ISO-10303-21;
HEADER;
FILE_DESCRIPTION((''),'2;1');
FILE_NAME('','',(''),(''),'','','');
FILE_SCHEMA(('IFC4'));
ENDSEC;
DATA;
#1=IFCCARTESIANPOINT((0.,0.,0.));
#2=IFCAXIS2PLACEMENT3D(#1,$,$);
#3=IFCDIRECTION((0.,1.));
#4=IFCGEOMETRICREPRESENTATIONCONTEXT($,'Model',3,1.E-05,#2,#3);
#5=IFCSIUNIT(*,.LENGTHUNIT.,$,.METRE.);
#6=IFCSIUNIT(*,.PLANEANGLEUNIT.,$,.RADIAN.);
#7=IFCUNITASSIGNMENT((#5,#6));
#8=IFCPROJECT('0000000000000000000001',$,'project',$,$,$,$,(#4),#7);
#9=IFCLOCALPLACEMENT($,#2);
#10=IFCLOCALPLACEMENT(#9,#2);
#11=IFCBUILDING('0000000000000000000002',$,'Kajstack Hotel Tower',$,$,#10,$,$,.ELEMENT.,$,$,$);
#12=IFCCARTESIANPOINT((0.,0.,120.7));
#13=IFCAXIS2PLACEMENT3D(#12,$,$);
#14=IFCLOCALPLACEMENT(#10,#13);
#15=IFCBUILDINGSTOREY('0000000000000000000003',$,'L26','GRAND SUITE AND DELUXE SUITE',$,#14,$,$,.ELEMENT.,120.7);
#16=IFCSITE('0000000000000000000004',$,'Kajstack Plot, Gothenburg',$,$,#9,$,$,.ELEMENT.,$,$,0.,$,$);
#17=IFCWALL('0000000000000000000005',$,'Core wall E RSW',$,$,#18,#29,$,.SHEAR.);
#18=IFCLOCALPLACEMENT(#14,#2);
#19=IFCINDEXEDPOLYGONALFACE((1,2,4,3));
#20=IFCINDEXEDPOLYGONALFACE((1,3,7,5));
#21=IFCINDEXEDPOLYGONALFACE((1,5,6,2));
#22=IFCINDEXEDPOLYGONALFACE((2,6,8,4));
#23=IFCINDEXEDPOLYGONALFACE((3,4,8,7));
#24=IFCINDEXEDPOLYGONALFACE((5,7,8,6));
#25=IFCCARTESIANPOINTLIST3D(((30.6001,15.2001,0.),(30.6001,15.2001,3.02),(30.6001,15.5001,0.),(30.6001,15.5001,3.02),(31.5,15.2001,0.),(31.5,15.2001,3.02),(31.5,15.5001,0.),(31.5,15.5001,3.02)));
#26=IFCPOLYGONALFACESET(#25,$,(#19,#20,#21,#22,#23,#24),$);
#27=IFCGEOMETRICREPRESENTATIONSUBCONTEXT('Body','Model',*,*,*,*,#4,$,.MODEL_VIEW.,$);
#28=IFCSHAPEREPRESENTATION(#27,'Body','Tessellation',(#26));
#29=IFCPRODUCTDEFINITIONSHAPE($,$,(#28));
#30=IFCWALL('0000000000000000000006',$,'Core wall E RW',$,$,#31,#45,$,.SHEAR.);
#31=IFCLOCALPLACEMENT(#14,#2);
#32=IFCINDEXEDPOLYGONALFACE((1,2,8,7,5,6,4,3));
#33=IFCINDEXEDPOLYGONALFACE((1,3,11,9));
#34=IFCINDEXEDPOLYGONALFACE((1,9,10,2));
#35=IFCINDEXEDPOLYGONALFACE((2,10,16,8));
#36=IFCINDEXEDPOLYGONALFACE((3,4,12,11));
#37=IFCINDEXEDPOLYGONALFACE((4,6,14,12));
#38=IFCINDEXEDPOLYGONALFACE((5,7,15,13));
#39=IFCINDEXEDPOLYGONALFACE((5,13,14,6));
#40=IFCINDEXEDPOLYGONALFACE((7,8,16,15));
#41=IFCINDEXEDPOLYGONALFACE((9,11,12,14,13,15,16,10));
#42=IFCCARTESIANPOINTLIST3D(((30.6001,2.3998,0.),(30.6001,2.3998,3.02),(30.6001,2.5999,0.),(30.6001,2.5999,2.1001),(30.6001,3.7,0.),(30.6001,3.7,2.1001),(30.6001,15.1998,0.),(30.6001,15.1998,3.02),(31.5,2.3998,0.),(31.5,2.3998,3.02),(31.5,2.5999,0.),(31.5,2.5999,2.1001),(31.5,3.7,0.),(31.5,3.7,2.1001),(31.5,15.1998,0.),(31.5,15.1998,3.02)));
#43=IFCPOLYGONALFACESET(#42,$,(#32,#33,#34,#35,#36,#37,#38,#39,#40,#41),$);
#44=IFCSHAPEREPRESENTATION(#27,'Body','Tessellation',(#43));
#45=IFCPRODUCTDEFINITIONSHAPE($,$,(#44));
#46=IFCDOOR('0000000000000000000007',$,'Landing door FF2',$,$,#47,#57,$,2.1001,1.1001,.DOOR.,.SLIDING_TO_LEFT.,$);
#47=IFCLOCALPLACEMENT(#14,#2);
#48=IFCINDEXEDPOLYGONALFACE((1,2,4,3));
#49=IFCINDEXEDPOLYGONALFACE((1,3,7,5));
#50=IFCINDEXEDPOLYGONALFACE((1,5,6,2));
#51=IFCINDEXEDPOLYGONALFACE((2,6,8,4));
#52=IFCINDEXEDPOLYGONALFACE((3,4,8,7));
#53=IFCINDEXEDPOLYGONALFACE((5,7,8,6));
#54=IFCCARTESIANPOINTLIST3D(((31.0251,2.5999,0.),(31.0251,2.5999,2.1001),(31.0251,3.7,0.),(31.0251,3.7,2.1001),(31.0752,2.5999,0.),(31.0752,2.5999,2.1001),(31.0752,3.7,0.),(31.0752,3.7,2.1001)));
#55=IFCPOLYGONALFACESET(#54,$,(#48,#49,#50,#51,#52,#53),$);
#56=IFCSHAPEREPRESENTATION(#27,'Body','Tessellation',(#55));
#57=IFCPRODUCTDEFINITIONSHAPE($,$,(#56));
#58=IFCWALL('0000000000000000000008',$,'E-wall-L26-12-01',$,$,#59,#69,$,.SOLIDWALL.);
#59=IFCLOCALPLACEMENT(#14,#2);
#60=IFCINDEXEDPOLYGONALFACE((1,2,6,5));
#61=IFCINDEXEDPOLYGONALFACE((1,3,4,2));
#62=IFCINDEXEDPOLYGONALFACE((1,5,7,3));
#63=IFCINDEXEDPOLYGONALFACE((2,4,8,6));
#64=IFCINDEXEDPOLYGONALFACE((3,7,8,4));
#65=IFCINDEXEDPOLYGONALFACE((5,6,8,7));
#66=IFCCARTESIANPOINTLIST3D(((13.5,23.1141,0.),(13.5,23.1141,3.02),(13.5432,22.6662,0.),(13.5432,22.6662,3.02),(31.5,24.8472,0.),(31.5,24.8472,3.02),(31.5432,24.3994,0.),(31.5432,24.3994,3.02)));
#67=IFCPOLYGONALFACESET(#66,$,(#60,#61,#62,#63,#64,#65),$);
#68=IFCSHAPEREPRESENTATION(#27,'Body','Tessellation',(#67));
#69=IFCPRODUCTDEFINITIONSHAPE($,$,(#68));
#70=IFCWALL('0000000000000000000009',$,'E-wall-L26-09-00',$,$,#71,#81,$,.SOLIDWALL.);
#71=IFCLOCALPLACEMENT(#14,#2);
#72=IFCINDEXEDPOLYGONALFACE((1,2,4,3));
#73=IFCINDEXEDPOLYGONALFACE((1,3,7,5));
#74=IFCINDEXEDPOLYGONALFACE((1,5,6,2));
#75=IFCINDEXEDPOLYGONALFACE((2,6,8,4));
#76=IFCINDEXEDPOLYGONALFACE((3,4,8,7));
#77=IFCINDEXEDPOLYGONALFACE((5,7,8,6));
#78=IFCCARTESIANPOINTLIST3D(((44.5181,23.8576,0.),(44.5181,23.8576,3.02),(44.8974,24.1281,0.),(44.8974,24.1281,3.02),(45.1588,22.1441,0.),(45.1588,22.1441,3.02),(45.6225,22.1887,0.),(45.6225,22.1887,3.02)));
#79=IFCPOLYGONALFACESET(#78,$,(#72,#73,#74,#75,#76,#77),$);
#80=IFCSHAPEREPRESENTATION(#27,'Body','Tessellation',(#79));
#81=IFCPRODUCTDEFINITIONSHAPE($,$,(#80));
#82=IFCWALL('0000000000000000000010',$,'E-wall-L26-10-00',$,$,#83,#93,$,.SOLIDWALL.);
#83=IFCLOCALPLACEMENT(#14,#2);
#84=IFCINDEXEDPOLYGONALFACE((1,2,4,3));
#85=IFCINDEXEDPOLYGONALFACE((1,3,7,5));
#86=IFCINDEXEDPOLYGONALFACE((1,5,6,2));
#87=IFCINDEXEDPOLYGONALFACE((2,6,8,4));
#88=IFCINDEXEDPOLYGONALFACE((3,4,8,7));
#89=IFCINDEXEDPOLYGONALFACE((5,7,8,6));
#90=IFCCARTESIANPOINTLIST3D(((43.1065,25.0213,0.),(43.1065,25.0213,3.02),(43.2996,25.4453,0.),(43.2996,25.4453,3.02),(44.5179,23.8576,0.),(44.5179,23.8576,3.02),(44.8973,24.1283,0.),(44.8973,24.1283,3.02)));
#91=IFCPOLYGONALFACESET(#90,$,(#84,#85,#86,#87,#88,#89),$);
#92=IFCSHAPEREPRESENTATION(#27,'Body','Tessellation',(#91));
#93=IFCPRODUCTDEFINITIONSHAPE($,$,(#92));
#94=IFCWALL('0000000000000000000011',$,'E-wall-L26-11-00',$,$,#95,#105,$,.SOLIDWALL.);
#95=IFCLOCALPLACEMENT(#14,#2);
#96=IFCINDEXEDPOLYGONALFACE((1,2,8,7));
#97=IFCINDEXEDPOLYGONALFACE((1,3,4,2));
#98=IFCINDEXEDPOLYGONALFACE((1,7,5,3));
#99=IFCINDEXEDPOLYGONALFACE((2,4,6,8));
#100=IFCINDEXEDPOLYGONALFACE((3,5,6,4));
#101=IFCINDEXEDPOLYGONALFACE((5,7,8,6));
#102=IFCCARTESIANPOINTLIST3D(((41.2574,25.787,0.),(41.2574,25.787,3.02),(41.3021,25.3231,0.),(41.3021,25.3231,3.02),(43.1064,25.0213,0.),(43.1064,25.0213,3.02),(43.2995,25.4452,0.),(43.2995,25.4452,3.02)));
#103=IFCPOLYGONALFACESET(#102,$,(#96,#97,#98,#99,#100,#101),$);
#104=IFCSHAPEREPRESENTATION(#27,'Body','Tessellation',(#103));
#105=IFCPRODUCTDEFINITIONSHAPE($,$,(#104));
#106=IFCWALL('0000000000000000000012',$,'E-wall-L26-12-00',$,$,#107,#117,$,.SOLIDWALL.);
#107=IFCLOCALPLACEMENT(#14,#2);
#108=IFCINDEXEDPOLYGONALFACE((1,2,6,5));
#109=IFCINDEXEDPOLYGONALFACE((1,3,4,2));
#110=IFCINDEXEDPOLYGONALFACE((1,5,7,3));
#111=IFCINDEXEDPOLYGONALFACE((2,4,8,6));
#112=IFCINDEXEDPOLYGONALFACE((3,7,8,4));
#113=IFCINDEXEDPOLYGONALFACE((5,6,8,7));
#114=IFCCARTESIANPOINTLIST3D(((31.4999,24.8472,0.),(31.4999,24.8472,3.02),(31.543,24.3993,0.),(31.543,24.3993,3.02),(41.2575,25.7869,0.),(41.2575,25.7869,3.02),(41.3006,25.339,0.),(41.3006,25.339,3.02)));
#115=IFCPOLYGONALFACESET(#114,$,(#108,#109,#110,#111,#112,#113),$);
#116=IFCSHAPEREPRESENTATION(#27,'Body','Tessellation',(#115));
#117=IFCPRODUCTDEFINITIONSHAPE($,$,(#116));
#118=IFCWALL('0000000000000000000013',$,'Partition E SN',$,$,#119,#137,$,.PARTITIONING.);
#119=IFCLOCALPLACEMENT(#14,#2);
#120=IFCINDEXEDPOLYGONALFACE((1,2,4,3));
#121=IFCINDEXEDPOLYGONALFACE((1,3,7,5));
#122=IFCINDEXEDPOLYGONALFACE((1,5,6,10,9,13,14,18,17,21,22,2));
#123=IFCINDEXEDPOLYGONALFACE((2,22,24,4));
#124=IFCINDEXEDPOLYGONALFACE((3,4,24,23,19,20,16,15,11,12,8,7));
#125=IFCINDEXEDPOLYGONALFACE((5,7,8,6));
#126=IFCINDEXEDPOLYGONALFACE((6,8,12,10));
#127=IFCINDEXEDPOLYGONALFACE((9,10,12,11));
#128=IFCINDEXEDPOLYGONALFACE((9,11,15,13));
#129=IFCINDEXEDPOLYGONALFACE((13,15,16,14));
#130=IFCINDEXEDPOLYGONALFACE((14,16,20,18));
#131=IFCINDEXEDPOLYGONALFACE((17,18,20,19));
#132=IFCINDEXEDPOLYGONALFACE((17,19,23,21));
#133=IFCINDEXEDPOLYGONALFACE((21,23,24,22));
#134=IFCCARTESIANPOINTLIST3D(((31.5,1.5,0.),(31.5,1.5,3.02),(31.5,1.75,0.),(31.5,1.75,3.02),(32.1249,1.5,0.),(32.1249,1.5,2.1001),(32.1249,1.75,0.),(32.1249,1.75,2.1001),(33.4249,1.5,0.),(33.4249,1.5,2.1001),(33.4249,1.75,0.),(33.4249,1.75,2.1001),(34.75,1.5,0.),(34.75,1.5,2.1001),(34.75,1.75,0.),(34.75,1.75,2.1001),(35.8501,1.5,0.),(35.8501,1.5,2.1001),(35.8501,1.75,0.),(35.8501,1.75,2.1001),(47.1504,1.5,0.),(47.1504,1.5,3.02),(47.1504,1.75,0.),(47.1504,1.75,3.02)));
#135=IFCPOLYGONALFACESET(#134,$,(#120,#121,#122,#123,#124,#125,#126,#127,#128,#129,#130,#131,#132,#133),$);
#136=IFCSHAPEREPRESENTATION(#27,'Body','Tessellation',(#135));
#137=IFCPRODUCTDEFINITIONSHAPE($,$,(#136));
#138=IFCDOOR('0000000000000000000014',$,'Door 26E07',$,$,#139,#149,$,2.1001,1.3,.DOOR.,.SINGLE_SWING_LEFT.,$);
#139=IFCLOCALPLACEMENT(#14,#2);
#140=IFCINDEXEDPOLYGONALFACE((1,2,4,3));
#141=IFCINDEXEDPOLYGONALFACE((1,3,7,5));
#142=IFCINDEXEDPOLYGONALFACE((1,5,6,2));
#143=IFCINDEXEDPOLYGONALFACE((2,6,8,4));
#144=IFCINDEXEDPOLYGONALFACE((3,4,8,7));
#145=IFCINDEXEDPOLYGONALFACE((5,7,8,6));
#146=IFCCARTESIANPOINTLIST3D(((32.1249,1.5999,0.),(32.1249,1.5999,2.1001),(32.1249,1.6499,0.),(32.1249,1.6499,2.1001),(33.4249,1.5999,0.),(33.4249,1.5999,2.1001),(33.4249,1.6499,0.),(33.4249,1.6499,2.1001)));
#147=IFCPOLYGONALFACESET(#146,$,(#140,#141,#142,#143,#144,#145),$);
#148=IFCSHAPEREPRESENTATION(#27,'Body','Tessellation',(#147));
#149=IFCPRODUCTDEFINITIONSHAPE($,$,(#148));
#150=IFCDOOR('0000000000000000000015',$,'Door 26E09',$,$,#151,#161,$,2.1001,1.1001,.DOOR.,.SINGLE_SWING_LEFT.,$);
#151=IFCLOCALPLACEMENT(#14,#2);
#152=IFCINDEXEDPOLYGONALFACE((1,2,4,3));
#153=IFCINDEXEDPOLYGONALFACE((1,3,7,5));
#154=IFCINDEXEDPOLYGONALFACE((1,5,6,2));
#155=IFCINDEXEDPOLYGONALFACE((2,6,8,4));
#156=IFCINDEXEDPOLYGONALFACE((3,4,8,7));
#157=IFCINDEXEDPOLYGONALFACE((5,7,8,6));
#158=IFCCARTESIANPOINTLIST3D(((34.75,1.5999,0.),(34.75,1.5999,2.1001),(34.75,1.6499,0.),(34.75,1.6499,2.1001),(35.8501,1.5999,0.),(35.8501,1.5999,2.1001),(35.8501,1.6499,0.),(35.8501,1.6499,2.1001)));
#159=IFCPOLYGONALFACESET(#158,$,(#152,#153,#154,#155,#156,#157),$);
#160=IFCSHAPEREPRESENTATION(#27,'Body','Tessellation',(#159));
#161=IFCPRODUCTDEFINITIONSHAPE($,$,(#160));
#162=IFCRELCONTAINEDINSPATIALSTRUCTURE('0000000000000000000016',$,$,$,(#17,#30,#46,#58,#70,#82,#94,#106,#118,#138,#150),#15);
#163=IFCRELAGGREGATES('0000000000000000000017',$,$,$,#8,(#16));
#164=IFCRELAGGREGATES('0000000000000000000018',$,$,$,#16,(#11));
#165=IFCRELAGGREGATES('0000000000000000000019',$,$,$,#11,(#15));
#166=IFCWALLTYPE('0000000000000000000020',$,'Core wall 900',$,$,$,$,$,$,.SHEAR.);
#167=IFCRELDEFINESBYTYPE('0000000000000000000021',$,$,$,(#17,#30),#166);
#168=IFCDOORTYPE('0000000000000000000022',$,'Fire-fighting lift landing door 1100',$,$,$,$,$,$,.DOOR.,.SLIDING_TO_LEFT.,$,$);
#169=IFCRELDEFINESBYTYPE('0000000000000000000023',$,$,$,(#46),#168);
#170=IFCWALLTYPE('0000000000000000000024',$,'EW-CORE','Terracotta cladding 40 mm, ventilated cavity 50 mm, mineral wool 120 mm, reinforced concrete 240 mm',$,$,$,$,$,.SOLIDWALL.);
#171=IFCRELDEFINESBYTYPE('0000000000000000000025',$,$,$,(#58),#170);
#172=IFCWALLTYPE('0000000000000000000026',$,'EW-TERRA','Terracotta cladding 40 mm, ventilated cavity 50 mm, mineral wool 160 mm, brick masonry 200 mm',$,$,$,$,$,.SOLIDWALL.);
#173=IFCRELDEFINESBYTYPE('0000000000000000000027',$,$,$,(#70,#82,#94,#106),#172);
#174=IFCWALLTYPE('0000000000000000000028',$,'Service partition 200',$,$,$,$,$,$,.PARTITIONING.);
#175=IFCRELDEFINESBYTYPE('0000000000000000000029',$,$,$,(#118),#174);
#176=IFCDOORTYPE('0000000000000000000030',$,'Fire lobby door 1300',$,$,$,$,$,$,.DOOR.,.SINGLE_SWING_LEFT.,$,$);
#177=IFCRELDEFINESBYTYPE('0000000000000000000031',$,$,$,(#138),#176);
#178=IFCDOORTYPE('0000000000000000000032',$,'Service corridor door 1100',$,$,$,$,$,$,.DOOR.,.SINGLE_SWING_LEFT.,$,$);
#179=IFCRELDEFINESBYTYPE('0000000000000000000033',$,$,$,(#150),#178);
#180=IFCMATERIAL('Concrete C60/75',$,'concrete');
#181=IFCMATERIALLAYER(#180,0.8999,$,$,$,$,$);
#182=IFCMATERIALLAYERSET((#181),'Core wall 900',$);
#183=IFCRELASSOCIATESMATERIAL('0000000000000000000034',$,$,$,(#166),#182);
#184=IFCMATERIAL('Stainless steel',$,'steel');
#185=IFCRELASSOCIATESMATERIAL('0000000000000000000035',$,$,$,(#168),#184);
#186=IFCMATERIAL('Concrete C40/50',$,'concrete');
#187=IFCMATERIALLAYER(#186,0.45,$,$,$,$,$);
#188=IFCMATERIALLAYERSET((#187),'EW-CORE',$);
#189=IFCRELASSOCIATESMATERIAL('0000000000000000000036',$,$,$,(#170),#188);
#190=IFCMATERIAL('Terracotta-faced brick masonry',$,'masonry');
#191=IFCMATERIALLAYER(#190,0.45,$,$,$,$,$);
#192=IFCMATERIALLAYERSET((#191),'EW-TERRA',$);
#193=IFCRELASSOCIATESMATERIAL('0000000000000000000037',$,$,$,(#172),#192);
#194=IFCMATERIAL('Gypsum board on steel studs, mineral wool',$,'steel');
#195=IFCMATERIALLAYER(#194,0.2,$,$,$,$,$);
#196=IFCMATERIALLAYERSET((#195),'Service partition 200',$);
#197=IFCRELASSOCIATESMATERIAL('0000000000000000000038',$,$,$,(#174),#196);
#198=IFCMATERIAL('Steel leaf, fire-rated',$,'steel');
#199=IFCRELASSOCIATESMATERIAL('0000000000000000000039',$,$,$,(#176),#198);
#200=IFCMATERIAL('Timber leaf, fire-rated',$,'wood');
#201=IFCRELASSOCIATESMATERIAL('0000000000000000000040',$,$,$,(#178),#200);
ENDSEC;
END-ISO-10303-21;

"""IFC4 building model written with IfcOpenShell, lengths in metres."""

from ifc_helpers import new_model, si_unit, direction, frame, frame_2d, origin, place, context, subcontext, project, spatial, polyline, rectangle, outline, extrude, material, layer, layer_set, type_object, element, fill, save


model = new_model("IFC4")

# Units and contexts
model_context = context("Model", 3, precision=1e-05, world=origin(), true_north=direction((0.0, 1.0)))
body_context = subcontext(model_context, "Body", "Model", "MODEL_VIEW")
ifc_project = project(units=[si_unit("LENGTHUNIT", "METRE"), si_unit("PLANEANGLEUNIT", "RADIAN")], contexts=[model_context])

# Site, building, storey
site_placement = place(None, origin())
site = spatial("IfcSite", under=ifc_project, at=site_placement, Name="Kajstack Plot, Gothenburg", CompositionType="ELEMENT", RefElevation=0.0)
building_placement = place(site_placement, origin())
building = spatial("IfcBuilding", under=site, at=building_placement, Name="Kajstack Hotel Tower", CompositionType="ELEMENT")
storey_placement = place(building_placement, frame((0.0, 0.0, 120.7)))
storey = spatial("IfcBuildingStorey", under=building, at=storey_placement, Name="L26", Description="GRAND SUITE AND DELUXE SUITE", CompositionType="ELEMENT", Elevation=120.7)

# Wall
ifc_material_1 = material(Name="Concrete C60/75", Category="concrete")
ifc_layer_1 = layer(ifc_material_1, 0.8999)
ifc_layer_set_1 = layer_set([ifc_layer_1], Name="Core wall 900")
wall_type_1 = type_object("IfcWallType", Name="Core wall 900", PredefinedType="SHEAR", material=ifc_layer_set_1)
wall_1_placement = place(storey_placement, frame((30.6001, 15.3501, 0.0), z_axis=(0.0, 0.0, 1.0), x_axis=(1.0, 0.0, 0.0)))
element("IfcWall", 1, at=wall_1_placement, inside=storey, type_object=wall_type_1, Name="Core wall E RSW", PredefinedType="SHEAR", context=body_context, shape_type="SweptSolid", body=[
    extrude(rectangle(XDim=0.8999, YDim=0.3, at=frame_2d((0.45, 0.0))), origin(), (0.0, 0.0, 1.0), 3.02),
])

# Wall, opening, door
wall_2_placement = place(storey_placement, frame((31.05, 2.3999, 0.0), z_axis=(0.0, 0.0, 1.0), x_axis=(0.0, 1.0, 0.0)))
wall_2 = element("IfcWall", 2, at=wall_2_placement, inside=storey, type_object=wall_type_1, Name="Core wall E RW", PredefinedType="SHEAR", context=body_context, shape_type="SweptSolid", body=[
    extrude(rectangle(XDim=12.8, YDim=0.8999, at=frame_2d((6.3999, 0.0))), origin(), (0.0, 0.0, 1.0), 3.02),
])
opening_1_placement = place(wall_2_placement, frame((0.2, 0.0, 0.0)))
opening_1 = element("IfcOpeningElement", 3, at=opening_1_placement, cuts=wall_2, PredefinedType="OPENING", context=body_context, shape_type="SweptSolid", body=[
    extrude(rectangle(XDim=1.1001, YDim=2.1001, at=frame_2d((0.55, 1.05))), frame((0.0, 0.46, 0.0), z_axis=(0.0, -1.0, 0.0), x_axis=(1.0, 0.0, 0.0)), (0.0, 0.0, 1.0), 0.9199),
])
ifc_material_2 = material(Name="Stainless steel", Category="steel")
door_type_1 = type_object("IfcDoorType", Name="Fire-fighting lift landing door 1100", OperationType="SLIDING_TO_LEFT", PredefinedType="DOOR", material=ifc_material_2)
door_1_placement = place(opening_1_placement, origin())
door_1 = element("IfcDoor", 4, at=door_1_placement, inside=storey, type_object=door_type_1, Name="Landing door FF2", OperationType="SLIDING_TO_LEFT", OverallHeight=2.1001, OverallWidth=1.1001, PredefinedType="DOOR", context=body_context, shape_type="SweptSolid", body=[
    extrude(rectangle(XDim=1.1001, YDim=2.1001, at=frame_2d((0.55, 1.05))), frame((0.0, 0.0249, 0.0), z_axis=(0.0, -1.0, 0.0), x_axis=(1.0, 0.0, 0.0)), (0.0, 0.0, 1.0), 0.05),
])
fill(opening_1, door_1)

# Walls
ifc_material_3 = material(Name="Concrete C40/50", Category="concrete")
ifc_layer_2 = layer(ifc_material_3, 0.45)
ifc_layer_set_2 = layer_set([ifc_layer_2], Name="EW-CORE")
wall_type_2 = type_object("IfcWallType", Name="EW-CORE", Description="Terracotta cladding 40 mm, ventilated cavity 50 mm, mineral wool 120 mm, reinforced concrete 240 mm", PredefinedType="SOLIDWALL", material=ifc_layer_set_2)
wall_3_placement = place(storey_placement, frame((31.5215, 24.6233, 0.0), z_axis=(0.0, 0.0, 1.0), x_axis=(-0.995396, -0.095843, 0.0)))
element("IfcWall", 5, at=wall_3_placement, inside=storey, type_object=wall_type_2, Name="E-wall-L26-12-01", PredefinedType="SOLIDWALL", context=body_context, shape_type="SweptSolid", body=[
    extrude(rectangle(XDim=18.0833, YDim=0.45, at=frame_2d((9.0415, 0.0))), origin(), (0.0, 0.0, 1.0), 3.02),
])
ifc_material_4 = material(Name="Terracotta-faced brick masonry", Category="masonry")
ifc_layer_3 = layer(ifc_material_4, 0.45)
ifc_layer_set_3 = layer_set([ifc_layer_3], Name="EW-TERRA")
wall_type_3 = type_object("IfcWallType", Name="EW-TERRA", Description="Terracotta cladding 40 mm, ventilated cavity 50 mm, mineral wool 160 mm, brick masonry 200 mm", PredefinedType="SOLIDWALL", material=ifc_layer_set_3)
wall_4_placement = place(storey_placement, frame((45.4116, 22.1099, 0.0), z_axis=(0.0, 0.0, 1.0), x_axis=(-0.350193, 0.936678, 0.0)))
element("IfcWall", 6, at=wall_4_placement, inside=storey, type_object=wall_type_3, Name="E-wall-L26-09-00", PredefinedType="SOLIDWALL", context=body_context, shape_type="SweptSolid", body=[
    extrude(outline(polyline([(0.0, -0.2251), (2.0706, -0.2251), (1.95, 0.2249), (0.1206, 0.2249), (0.0, -0.2251)])), origin(), (0.0, 0.0, 1.0), 3.02),
])
wall_5_placement = place(storey_placement, frame((44.7542, 23.9546, 0.0), z_axis=(0.0, 0.0, 1.0), x_axis=(-0.771651, 0.636046, 0.0)))
element("IfcWall", 7, at=wall_5_placement, inside=storey, type_object=wall_type_3, Name="E-wall-L26-10-00", PredefinedType="SOLIDWALL", context=body_context, shape_type="SweptSolid", body=[
    extrude(outline(polyline([(0.0, -0.2251), (2.0706, -0.2251), (1.95, 0.2249), (0.1206, 0.2251), (0.0, -0.2251)])), origin(), (0.0, 0.0, 1.0), 3.02),
])
wall_6_placement = place(storey_placement, frame((43.2625, 25.2234, 0.0), z_axis=(0.0, 0.0, 1.0), x_axis=(-0.986298, 0.164973, 0.0)))
element("IfcWall", 8, at=wall_6_placement, inside=storey, type_object=wall_type_3, Name="E-wall-L26-11-00", PredefinedType="SOLIDWALL", context=body_context, shape_type="SweptSolid", body=[
    extrude(outline(polyline([(0.0, -0.2249), (2.0706, -0.2251), (1.95, 0.2251), (0.1206, 0.2251), (0.0, -0.2249)])), origin(), (0.0, 0.0, 1.0), 3.02),
])
wall_7_placement = place(storey_placement, frame((41.2791, 25.563, 0.0), z_axis=(0.0, 0.0, 1.0), x_axis=(-0.995395, -0.095861, 0.0)))
element("IfcWall", 9, at=wall_7_placement, inside=storey, type_object=wall_type_3, Name="E-wall-L26-12-00", PredefinedType="SOLIDWALL", context=body_context, shape_type="SweptSolid", body=[
    extrude(rectangle(XDim=9.8027, YDim=0.45, at=frame_2d((4.9014, 0.0))), origin(), (0.0, 0.0, 1.0), 3.02),
])

# Wall, openings, doors
ifc_material_5 = material(Name="Gypsum board on steel studs, mineral wool", Category="steel")
ifc_layer_4 = layer(ifc_material_5, 0.2)
ifc_layer_set_4 = layer_set([ifc_layer_4], Name="Service partition 200")
wall_type_4 = type_object("IfcWallType", Name="Service partition 200", PredefinedType="PARTITIONING", material=ifc_layer_set_4)
wall_8_placement = place(storey_placement, frame((31.5, 1.625, 0.0), z_axis=(0.0, 0.0, 1.0), x_axis=(1.0, 0.0, 0.0)))
wall_8 = element("IfcWall", 10, at=wall_8_placement, inside=storey, type_object=wall_type_4, Name="Partition E SN", PredefinedType="PARTITIONING", context=body_context, shape_type="SweptSolid", body=[
    extrude(rectangle(XDim=15.6504, YDim=0.25, at=frame_2d((7.8252, 0.0))), origin(), (0.0, 0.0, 1.0), 3.02),
])
opening_2_placement = place(wall_8_placement, frame((0.625, 0.0, 0.0)))
opening_2 = element("IfcOpeningElement", 11, at=opening_2_placement, cuts=wall_8, PredefinedType="OPENING", context=body_context, shape_type="SweptSolid", body=[
    extrude(rectangle(XDim=1.3, YDim=2.1001, at=frame_2d((0.6499, 1.05))), frame((0.0, 0.135, 0.0), z_axis=(0.0, -1.0, 0.0), x_axis=(1.0, 0.0, 0.0)), (0.0, 0.0, 1.0), 0.27),
])
opening_3_placement = place(wall_8_placement, frame((3.25, 0.0, 0.0)))
opening_3 = element("IfcOpeningElement", 12, at=opening_3_placement, cuts=wall_8, PredefinedType="OPENING", context=body_context, shape_type="SweptSolid", body=[
    extrude(rectangle(XDim=1.1001, YDim=2.1001, at=frame_2d((0.55, 1.05))), frame((0.0, 0.135, 0.0), z_axis=(0.0, -1.0, 0.0), x_axis=(1.0, 0.0, 0.0)), (0.0, 0.0, 1.0), 0.27),
])
ifc_material_6 = material(Name="Steel leaf, fire-rated", Category="steel")
door_type_2 = type_object("IfcDoorType", Name="Fire lobby door 1300", OperationType="SINGLE_SWING_LEFT", PredefinedType="DOOR", material=ifc_material_6)
door_2_placement = place(opening_2_placement, origin())
door_2 = element("IfcDoor", 13, at=door_2_placement, inside=storey, type_object=door_type_2, Name="Door 26E07", OperationType="SINGLE_SWING_LEFT", OverallHeight=2.1001, OverallWidth=1.3, PredefinedType="DOOR", context=body_context, shape_type="SweptSolid", body=[
    extrude(rectangle(XDim=1.3, YDim=2.1001, at=frame_2d((0.6499, 1.05))), frame((0.0, 0.0249, 0.0), z_axis=(0.0, -1.0, 0.0), x_axis=(1.0, 0.0, 0.0)), (0.0, 0.0, 1.0), 0.05),
])
fill(opening_2, door_2)
ifc_material_7 = material(Name="Timber leaf, fire-rated", Category="wood")
door_type_3 = type_object("IfcDoorType", Name="Service corridor door 1100", OperationType="SINGLE_SWING_LEFT", PredefinedType="DOOR", material=ifc_material_7)
door_3_placement = place(opening_3_placement, origin())
door_3 = element("IfcDoor", 14, at=door_3_placement, inside=storey, type_object=door_type_3, Name="Door 26E09", OperationType="SINGLE_SWING_LEFT", OverallHeight=2.1001, OverallWidth=1.1001, PredefinedType="DOOR", context=body_context, shape_type="SweptSolid", body=[
    extrude(rectangle(XDim=1.1001, YDim=2.1001, at=frame_2d((0.55, 1.05))), frame((0.0, 0.0249, 0.0), z_axis=(0.0, -1.0, 0.0), x_axis=(1.0, 0.0, 0.0)), (0.0, 0.0, 1.0), 0.05),
])
fill(opening_3, door_3)

save(model, "model.ifc")
